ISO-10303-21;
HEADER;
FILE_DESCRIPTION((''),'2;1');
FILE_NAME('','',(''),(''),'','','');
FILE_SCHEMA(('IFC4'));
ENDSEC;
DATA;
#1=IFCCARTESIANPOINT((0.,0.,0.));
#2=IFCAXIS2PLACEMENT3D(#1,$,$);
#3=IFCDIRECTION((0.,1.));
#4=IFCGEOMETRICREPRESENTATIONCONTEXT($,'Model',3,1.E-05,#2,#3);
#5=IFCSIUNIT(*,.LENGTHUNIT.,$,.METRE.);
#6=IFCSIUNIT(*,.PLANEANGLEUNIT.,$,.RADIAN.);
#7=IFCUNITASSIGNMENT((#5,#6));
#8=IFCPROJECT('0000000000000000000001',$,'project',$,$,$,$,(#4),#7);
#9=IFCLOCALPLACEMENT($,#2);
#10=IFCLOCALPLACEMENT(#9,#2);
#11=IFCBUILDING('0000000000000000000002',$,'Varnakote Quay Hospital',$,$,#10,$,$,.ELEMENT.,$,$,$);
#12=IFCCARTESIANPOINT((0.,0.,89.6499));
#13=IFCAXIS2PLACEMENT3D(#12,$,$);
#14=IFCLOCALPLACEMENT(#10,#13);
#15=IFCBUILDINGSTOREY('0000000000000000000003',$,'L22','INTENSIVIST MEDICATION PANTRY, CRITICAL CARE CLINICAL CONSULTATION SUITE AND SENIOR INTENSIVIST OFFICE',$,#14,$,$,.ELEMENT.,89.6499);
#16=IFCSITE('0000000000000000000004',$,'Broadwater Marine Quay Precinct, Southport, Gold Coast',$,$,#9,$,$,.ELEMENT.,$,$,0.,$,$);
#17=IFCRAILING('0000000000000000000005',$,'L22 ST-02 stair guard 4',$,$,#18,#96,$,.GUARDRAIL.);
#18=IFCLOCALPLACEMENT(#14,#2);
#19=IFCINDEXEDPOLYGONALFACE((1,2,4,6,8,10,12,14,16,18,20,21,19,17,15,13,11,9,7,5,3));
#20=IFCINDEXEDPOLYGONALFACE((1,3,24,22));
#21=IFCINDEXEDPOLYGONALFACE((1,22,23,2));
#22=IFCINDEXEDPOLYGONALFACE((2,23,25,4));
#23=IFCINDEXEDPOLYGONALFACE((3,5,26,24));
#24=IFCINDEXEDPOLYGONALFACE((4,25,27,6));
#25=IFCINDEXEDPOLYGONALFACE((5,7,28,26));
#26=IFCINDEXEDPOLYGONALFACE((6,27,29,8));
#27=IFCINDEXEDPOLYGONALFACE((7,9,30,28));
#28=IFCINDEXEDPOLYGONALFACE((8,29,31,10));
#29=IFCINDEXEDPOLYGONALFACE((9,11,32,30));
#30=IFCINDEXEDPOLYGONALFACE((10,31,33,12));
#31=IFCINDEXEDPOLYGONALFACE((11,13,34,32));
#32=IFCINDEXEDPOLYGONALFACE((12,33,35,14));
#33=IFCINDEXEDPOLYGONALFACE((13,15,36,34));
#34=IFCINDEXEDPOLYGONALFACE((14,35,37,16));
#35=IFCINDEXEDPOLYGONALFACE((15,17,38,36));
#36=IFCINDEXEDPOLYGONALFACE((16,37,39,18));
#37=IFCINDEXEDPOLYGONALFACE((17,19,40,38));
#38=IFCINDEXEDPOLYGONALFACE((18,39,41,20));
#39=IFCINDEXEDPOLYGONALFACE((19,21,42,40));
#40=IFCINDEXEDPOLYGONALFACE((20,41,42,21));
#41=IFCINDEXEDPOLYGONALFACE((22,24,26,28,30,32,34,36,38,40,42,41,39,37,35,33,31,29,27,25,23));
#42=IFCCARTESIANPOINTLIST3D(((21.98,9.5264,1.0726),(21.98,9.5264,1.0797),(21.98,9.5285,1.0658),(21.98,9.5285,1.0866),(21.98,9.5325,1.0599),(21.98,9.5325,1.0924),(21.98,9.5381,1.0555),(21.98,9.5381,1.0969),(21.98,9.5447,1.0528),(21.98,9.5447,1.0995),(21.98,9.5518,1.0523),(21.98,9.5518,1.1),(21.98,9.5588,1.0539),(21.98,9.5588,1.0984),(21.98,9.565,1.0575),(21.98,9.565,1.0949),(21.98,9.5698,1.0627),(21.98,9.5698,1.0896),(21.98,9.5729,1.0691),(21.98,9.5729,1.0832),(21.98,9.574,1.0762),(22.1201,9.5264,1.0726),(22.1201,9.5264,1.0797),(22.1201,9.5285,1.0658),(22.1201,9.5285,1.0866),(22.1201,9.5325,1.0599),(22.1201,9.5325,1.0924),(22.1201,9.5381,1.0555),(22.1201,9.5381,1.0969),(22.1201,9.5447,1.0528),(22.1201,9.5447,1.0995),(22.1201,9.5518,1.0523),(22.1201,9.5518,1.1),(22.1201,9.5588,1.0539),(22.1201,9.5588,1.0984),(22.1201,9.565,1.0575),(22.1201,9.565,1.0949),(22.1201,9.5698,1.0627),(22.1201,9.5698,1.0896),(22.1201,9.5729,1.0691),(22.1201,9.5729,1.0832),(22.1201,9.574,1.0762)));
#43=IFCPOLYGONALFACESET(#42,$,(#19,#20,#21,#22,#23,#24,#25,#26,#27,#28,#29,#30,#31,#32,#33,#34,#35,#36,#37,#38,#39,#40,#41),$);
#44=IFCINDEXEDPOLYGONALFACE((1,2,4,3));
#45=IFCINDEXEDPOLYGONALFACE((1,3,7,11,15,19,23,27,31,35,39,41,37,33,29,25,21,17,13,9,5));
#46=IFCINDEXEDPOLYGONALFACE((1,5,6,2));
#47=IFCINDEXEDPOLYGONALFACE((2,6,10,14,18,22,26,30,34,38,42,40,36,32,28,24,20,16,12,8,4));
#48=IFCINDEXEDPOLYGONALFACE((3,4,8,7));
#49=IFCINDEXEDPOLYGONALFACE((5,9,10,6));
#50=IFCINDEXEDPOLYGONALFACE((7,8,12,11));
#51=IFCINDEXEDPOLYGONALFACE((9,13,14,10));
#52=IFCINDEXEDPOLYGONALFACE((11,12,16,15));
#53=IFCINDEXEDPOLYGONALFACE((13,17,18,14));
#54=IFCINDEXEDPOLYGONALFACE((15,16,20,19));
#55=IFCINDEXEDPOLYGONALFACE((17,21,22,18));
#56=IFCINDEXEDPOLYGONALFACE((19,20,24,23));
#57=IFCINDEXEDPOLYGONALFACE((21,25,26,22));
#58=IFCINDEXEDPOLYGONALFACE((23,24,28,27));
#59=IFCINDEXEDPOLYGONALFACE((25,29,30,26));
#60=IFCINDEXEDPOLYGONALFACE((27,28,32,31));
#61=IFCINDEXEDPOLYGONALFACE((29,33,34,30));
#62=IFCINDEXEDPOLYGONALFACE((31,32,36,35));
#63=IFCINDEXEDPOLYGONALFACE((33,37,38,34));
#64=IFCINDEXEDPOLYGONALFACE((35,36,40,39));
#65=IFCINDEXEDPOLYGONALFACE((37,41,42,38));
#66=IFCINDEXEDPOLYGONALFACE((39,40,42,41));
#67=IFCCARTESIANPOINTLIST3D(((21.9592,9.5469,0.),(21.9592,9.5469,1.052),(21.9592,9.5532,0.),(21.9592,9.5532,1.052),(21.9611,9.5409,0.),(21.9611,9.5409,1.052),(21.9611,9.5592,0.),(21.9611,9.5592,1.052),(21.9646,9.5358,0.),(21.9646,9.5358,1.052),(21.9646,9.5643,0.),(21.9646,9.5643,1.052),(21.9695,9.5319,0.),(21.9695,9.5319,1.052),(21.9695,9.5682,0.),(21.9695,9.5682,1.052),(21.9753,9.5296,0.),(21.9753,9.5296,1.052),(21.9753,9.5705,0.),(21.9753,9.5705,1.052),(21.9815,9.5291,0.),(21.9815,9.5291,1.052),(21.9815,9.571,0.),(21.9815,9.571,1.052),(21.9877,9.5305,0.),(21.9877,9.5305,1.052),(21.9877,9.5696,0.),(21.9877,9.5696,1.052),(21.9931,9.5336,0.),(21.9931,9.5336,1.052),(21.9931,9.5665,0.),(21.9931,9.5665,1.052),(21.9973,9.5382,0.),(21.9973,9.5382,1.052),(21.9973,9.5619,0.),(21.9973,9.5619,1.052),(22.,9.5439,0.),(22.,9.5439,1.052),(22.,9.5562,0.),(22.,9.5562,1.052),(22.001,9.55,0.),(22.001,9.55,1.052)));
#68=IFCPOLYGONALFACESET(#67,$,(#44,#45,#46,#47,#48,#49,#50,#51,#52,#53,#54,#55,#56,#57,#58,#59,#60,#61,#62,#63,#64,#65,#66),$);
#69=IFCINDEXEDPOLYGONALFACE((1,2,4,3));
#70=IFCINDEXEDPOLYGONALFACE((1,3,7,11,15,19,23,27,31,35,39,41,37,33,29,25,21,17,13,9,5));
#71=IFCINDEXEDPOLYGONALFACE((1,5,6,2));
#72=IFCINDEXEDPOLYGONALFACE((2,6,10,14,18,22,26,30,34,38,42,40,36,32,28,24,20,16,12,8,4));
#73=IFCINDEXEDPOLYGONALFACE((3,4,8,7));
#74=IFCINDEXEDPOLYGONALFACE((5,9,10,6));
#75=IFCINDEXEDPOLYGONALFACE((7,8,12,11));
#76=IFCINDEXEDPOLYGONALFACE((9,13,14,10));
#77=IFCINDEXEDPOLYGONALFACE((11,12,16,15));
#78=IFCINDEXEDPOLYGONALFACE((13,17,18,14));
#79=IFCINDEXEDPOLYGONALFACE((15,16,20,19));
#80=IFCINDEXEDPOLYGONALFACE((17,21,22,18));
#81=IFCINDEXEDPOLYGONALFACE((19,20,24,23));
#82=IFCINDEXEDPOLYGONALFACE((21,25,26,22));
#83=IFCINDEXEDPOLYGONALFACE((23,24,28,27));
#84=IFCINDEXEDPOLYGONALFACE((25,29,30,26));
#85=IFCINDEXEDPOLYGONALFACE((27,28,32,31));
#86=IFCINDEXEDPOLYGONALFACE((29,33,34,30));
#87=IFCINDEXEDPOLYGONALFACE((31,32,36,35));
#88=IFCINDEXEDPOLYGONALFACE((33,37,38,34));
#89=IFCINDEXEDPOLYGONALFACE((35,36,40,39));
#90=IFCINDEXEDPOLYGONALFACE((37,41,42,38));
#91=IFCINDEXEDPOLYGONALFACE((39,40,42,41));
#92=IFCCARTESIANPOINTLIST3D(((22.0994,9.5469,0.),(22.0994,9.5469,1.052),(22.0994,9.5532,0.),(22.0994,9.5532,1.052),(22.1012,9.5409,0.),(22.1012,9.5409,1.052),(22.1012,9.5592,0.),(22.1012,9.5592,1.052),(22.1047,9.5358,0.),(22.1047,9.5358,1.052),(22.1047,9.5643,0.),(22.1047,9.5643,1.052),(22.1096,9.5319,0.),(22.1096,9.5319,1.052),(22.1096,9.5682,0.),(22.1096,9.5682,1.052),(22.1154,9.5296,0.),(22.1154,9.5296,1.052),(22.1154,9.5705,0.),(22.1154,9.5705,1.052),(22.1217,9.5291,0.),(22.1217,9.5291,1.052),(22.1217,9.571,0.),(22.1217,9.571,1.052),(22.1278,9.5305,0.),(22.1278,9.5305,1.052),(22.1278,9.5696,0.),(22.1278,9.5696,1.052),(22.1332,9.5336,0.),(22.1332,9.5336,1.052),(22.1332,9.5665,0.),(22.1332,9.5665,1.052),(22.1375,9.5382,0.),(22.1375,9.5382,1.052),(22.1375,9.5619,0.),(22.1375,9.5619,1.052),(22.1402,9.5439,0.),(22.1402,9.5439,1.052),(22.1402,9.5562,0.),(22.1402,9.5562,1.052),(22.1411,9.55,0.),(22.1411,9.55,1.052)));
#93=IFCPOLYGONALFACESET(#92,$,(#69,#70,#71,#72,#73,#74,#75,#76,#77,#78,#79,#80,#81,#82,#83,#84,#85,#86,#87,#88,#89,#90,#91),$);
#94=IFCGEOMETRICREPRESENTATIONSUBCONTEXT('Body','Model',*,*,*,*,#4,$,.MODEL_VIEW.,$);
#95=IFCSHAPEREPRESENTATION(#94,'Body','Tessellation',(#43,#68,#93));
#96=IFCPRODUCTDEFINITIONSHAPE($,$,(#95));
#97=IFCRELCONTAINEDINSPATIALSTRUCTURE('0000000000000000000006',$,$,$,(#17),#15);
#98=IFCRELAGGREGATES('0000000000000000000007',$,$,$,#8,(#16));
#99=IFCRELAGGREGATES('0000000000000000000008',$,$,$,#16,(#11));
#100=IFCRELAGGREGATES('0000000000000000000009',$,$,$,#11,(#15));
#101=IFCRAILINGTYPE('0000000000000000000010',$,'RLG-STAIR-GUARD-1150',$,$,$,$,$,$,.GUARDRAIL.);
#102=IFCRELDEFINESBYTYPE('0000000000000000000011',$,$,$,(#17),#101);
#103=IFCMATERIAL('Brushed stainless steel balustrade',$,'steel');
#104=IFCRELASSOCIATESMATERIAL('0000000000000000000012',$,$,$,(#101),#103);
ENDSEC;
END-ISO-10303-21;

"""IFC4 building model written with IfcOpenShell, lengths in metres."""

from ifc_helpers import new_model, si_unit, direction, frame, origin, origin_2d, place, context, subcontext, project, spatial, circle, extrude, material, type_object, element, save


model = new_model("IFC4")

# Units and contexts
model_context = context("Model", 3, precision=1e-05, world=origin(), true_north=direction((0.0, 1.0)))
body_context = subcontext(model_context, "Body", "Model", "MODEL_VIEW")
ifc_project = project(units=[si_unit("LENGTHUNIT", "METRE"), si_unit("PLANEANGLEUNIT", "RADIAN")], contexts=[model_context])

# Site, building, storey
site_placement = place(None, origin())
site = spatial("IfcSite", under=ifc_project, at=site_placement, Name="Broadwater Marine Quay Precinct, Southport, Gold Coast", CompositionType="ELEMENT", RefElevation=0.0)
building_placement = place(site_placement, origin())
building = spatial("IfcBuilding", under=site, at=building_placement, Name="Varnakote Quay Hospital", CompositionType="ELEMENT")
storey_placement = place(building_placement, frame((0.0, 0.0, 89.6499)))
storey = spatial("IfcBuildingStorey", under=building, at=storey_placement, Name="L22", Description="INTENSIVIST MEDICATION PANTRY, CRITICAL CARE CLINICAL CONSULTATION SUITE AND SENIOR INTENSIVIST OFFICE", CompositionType="ELEMENT", Elevation=89.6499)

# Railing
ifc_material_1 = material(Name="Brushed stainless steel balustrade", Category="steel")
railing_type_1 = type_object("IfcRailingType", Name="RLG-STAIR-GUARD-1150", PredefinedType="GUARDRAIL", material=ifc_material_1)
railing_1_placement = place(storey_placement, frame((21.98, 9.55, 0.0)))
element("IfcRailing", 1, at=railing_1_placement, inside=storey, type_object=railing_type_1, Name="L22 ST-02 stair guard 4", PredefinedType="GUARDRAIL", context=body_context, shape_type="SweptSolid", body=[
    extrude(circle(Radius=0.0239, at=origin_2d()), frame((0.0, 0.0, 1.0762), z_axis=(1.0, 0.0, 0.0), x_axis=(0.0, 1.0, 0.0)), (0.0, 0.0, 1.0), 0.1401),
    extrude(circle(Radius=0.021, at=origin_2d()), origin(), (0.0, 0.0, 1.0), 1.052),
    extrude(circle(Radius=0.021, at=origin_2d()), frame((0.1401, 0.0, 0.0)), (0.0, 0.0, 1.0), 1.052),
])

save(model, "model.ifc")
